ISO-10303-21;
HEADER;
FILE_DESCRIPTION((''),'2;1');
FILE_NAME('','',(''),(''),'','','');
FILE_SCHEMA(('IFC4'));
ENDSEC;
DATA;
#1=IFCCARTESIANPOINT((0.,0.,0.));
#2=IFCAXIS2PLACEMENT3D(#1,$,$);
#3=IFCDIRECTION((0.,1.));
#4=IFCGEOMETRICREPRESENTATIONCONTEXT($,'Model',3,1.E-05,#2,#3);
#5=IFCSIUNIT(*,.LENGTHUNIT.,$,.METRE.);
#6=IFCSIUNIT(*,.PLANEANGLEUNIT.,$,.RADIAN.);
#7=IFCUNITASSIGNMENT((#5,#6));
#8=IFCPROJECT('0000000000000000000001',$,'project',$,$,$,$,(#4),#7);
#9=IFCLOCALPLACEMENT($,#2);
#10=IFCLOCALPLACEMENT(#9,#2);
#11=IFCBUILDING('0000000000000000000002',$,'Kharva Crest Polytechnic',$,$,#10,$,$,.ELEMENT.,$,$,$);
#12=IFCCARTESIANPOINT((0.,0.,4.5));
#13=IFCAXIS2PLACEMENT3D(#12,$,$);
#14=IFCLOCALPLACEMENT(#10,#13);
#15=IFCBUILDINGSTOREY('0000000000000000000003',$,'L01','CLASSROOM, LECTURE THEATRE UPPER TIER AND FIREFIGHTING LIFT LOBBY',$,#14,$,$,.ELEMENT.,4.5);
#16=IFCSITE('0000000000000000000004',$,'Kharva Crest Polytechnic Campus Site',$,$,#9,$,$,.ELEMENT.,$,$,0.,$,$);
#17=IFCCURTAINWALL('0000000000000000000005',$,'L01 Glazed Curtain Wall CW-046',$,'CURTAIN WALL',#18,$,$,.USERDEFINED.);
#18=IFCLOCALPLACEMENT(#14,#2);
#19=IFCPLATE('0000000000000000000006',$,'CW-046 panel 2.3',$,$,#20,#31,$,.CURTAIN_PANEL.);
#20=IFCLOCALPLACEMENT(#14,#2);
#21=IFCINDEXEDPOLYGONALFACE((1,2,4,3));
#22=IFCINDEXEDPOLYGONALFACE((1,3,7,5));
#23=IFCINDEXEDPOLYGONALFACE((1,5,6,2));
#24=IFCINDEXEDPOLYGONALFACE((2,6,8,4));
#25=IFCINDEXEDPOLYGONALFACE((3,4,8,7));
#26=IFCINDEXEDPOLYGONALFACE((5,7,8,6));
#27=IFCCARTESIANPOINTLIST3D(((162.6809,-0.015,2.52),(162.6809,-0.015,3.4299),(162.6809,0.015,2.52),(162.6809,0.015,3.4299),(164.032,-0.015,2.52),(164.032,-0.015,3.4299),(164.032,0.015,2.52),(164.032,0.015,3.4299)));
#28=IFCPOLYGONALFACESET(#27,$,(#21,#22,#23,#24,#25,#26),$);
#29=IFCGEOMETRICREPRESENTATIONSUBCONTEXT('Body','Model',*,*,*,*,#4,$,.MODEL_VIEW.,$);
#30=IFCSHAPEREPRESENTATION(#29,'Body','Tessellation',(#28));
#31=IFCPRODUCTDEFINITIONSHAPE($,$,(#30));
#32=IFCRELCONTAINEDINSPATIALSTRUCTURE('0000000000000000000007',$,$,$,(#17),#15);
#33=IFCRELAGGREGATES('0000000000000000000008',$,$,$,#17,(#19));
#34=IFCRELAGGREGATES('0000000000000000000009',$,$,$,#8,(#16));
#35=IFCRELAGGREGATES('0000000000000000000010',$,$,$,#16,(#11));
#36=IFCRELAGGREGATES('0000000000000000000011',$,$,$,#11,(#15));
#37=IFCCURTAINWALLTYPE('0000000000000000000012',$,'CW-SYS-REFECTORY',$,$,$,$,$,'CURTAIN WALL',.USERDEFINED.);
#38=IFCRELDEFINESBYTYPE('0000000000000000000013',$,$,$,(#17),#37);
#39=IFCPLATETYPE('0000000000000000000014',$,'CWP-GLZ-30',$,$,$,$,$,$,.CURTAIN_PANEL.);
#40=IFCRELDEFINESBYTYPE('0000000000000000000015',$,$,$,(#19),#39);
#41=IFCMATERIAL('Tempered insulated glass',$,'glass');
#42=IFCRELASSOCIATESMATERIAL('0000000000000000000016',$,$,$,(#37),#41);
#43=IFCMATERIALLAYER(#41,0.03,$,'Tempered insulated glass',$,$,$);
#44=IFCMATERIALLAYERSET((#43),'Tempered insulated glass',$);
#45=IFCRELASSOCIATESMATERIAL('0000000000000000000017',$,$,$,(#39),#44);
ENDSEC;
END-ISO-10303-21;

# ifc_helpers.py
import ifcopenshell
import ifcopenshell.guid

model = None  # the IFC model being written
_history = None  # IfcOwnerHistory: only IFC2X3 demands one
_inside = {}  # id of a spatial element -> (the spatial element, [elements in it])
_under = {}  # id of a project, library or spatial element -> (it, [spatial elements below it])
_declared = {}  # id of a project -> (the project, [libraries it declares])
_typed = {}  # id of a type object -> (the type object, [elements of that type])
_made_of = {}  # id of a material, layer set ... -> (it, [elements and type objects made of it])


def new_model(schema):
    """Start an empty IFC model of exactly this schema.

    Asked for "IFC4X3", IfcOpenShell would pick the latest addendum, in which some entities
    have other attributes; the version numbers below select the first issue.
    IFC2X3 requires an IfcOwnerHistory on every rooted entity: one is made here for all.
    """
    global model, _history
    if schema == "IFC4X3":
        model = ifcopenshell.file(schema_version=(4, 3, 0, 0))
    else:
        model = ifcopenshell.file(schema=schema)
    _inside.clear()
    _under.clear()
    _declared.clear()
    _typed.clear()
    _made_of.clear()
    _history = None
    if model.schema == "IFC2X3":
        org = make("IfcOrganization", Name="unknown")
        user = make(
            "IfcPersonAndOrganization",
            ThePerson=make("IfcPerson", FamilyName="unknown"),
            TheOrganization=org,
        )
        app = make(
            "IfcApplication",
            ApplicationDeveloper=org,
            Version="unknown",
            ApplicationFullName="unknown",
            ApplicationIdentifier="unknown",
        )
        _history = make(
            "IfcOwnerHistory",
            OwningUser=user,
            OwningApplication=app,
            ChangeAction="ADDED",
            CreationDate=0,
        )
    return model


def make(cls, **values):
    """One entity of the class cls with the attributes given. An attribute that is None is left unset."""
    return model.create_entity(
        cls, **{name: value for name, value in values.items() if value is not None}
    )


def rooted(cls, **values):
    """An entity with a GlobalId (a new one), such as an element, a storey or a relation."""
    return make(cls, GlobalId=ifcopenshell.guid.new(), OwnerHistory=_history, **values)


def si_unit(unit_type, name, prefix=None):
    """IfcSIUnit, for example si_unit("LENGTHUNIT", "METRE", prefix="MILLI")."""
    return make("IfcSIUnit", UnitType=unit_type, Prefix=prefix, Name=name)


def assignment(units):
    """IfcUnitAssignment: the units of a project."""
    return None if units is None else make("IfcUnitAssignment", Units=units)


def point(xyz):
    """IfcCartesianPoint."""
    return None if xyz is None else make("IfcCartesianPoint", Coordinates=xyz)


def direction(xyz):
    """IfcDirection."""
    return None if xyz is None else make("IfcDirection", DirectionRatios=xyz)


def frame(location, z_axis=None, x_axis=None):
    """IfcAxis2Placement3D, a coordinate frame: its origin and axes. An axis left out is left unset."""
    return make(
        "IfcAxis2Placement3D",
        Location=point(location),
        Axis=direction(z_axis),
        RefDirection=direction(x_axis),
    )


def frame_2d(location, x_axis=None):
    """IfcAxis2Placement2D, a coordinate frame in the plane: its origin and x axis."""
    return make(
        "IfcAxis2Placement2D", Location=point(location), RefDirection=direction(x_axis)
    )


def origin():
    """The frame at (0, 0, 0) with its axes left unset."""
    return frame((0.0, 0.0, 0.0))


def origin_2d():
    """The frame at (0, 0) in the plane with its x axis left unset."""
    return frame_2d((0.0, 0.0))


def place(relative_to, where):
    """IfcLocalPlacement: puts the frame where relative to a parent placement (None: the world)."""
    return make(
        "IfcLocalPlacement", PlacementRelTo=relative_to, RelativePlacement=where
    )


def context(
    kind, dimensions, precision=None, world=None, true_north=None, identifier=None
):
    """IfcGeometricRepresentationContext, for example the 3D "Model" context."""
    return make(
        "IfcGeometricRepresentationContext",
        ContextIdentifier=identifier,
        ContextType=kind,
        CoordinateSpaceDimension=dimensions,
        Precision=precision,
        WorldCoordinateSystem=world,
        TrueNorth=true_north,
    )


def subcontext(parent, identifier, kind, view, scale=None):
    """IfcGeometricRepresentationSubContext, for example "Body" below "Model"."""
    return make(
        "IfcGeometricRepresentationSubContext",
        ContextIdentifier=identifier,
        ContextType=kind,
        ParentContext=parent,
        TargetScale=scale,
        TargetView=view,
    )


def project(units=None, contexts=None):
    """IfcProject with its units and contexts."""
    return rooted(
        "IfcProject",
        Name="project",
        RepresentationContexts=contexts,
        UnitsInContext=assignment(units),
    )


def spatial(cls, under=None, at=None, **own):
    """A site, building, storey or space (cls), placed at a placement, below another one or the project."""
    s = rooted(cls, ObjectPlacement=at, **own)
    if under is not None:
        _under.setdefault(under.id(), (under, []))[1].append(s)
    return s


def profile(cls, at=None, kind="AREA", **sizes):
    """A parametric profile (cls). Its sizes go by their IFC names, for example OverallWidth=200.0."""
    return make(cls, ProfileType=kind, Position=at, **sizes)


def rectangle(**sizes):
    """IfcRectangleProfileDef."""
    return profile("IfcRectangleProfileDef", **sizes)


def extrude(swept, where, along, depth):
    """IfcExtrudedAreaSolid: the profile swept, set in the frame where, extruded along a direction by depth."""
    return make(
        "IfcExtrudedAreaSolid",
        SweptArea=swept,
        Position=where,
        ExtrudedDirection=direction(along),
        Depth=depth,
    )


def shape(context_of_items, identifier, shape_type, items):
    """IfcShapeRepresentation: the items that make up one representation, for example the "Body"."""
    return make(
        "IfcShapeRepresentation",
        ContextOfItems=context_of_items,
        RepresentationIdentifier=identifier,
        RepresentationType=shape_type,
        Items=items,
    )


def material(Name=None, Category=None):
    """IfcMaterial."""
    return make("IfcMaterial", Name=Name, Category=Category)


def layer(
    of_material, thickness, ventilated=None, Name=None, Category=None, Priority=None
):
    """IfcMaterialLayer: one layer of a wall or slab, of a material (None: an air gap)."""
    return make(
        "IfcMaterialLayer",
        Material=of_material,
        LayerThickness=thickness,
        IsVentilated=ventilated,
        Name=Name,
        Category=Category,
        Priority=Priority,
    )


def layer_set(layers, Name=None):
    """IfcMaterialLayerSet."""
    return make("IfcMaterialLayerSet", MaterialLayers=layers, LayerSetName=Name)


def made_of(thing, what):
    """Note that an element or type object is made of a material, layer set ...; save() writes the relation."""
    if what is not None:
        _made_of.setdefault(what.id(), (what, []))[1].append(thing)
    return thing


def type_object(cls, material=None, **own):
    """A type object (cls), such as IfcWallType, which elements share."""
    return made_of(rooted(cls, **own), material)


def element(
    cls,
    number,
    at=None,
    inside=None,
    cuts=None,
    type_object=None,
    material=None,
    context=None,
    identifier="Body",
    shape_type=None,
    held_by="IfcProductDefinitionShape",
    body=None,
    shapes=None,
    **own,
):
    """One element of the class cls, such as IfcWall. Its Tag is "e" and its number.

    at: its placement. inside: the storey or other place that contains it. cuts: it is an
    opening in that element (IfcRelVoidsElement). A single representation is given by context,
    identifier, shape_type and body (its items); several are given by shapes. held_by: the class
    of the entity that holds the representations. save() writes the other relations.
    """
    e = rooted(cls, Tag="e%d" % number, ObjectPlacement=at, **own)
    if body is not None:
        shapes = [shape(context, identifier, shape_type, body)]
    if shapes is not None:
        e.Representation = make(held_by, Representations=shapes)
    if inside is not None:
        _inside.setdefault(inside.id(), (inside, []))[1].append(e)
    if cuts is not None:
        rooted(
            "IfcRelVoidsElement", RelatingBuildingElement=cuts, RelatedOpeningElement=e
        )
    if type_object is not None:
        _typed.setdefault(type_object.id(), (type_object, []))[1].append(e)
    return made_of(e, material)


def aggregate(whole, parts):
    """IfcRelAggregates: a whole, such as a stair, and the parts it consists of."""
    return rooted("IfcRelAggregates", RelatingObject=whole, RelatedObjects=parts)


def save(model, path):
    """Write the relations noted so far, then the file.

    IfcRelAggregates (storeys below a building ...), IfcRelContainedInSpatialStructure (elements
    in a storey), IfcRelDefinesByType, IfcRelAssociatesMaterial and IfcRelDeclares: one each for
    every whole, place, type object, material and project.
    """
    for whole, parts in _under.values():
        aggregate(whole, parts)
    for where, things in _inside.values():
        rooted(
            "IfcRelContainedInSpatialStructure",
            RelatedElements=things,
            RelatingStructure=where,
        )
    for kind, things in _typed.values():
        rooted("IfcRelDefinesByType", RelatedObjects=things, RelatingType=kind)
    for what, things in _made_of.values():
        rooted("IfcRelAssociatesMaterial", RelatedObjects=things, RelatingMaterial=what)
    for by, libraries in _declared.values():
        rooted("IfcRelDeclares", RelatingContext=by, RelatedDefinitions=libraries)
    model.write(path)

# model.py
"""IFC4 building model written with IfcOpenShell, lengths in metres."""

from ifc_helpers import new_model, si_unit, direction, frame, origin, origin_2d, place, context, subcontext, project, spatial, rectangle, extrude, material, layer, layer_set, type_object, element, aggregate, save


model = new_model("IFC4")

# Units and contexts
model_context = context("Model", 3, precision=1e-05, world=origin(), true_north=direction((0.0, 1.0)))
body_context = subcontext(model_context, "Body", "Model", "MODEL_VIEW")
ifc_project = project(units=[si_unit("LENGTHUNIT", "METRE"), si_unit("PLANEANGLEUNIT", "RADIAN")], contexts=[model_context])

# Site, building, storey
site_placement = place(None, origin())
site = spatial("IfcSite", under=ifc_project, at=site_placement, Name="Kharva Crest Polytechnic Campus Site", CompositionType="ELEMENT", RefElevation=0.0)
building_placement = place(site_placement, origin())
building = spatial("IfcBuilding", under=site, at=building_placement, Name="Kharva Crest Polytechnic", CompositionType="ELEMENT")
storey_placement = place(building_placement, frame((0.0, 0.0, 4.5)))
storey = spatial("IfcBuildingStorey", under=building, at=storey_placement, Name="L01", Description="CLASSROOM, LECTURE THEATRE UPPER TIER AND FIREFIGHTING LIFT LOBBY", CompositionType="ELEMENT", Elevation=4.5)

# Curtain wall
ifc_material_1 = material(Name="Tempered insulated glass", Category="glass")
curtain_wall_type = type_object("IfcCurtainWallType", Name="CW-SYS-REFECTORY", ElementType="CURTAIN WALL", PredefinedType="USERDEFINED", material=ifc_material_1)
curtain_wall_placement = place(storey_placement, origin())
curtain_wall = element("IfcCurtainWall", 1, at=curtain_wall_placement, inside=storey, type_object=curtain_wall_type, Name="L01 Glazed Curtain Wall CW-046", ObjectType="CURTAIN WALL", PredefinedType="USERDEFINED")

# Plate
ifc_layer = layer(ifc_material_1, 0.03, Name="Tempered insulated glass")
ifc_layer_set = layer_set([ifc_layer], Name="Tempered insulated glass")
plate_type = type_object("IfcPlateType", Name="CWP-GLZ-30", PredefinedType="CURTAIN_PANEL", material=ifc_layer_set)
plate_1_placement = place(storey_placement, frame((163.3564, 0.0, 2.52), z_axis=(0.0, 0.0, 1.0), x_axis=(1.0, 0.0, 0.0)))
plate_1 = element("IfcPlate", 2, at=plate_1_placement, type_object=plate_type, Name="CW-046 panel 2.3", PredefinedType="CURTAIN_PANEL", context=body_context, shape_type="SweptSolid", body=[
    extrude(rectangle(XDim=1.3511, YDim=0.03, at=origin_2d()), origin(), (0.0, 0.0, 1.0), 0.9099),
])
aggregate(curtain_wall, [plate_1])

save(model, "model.ifc")
